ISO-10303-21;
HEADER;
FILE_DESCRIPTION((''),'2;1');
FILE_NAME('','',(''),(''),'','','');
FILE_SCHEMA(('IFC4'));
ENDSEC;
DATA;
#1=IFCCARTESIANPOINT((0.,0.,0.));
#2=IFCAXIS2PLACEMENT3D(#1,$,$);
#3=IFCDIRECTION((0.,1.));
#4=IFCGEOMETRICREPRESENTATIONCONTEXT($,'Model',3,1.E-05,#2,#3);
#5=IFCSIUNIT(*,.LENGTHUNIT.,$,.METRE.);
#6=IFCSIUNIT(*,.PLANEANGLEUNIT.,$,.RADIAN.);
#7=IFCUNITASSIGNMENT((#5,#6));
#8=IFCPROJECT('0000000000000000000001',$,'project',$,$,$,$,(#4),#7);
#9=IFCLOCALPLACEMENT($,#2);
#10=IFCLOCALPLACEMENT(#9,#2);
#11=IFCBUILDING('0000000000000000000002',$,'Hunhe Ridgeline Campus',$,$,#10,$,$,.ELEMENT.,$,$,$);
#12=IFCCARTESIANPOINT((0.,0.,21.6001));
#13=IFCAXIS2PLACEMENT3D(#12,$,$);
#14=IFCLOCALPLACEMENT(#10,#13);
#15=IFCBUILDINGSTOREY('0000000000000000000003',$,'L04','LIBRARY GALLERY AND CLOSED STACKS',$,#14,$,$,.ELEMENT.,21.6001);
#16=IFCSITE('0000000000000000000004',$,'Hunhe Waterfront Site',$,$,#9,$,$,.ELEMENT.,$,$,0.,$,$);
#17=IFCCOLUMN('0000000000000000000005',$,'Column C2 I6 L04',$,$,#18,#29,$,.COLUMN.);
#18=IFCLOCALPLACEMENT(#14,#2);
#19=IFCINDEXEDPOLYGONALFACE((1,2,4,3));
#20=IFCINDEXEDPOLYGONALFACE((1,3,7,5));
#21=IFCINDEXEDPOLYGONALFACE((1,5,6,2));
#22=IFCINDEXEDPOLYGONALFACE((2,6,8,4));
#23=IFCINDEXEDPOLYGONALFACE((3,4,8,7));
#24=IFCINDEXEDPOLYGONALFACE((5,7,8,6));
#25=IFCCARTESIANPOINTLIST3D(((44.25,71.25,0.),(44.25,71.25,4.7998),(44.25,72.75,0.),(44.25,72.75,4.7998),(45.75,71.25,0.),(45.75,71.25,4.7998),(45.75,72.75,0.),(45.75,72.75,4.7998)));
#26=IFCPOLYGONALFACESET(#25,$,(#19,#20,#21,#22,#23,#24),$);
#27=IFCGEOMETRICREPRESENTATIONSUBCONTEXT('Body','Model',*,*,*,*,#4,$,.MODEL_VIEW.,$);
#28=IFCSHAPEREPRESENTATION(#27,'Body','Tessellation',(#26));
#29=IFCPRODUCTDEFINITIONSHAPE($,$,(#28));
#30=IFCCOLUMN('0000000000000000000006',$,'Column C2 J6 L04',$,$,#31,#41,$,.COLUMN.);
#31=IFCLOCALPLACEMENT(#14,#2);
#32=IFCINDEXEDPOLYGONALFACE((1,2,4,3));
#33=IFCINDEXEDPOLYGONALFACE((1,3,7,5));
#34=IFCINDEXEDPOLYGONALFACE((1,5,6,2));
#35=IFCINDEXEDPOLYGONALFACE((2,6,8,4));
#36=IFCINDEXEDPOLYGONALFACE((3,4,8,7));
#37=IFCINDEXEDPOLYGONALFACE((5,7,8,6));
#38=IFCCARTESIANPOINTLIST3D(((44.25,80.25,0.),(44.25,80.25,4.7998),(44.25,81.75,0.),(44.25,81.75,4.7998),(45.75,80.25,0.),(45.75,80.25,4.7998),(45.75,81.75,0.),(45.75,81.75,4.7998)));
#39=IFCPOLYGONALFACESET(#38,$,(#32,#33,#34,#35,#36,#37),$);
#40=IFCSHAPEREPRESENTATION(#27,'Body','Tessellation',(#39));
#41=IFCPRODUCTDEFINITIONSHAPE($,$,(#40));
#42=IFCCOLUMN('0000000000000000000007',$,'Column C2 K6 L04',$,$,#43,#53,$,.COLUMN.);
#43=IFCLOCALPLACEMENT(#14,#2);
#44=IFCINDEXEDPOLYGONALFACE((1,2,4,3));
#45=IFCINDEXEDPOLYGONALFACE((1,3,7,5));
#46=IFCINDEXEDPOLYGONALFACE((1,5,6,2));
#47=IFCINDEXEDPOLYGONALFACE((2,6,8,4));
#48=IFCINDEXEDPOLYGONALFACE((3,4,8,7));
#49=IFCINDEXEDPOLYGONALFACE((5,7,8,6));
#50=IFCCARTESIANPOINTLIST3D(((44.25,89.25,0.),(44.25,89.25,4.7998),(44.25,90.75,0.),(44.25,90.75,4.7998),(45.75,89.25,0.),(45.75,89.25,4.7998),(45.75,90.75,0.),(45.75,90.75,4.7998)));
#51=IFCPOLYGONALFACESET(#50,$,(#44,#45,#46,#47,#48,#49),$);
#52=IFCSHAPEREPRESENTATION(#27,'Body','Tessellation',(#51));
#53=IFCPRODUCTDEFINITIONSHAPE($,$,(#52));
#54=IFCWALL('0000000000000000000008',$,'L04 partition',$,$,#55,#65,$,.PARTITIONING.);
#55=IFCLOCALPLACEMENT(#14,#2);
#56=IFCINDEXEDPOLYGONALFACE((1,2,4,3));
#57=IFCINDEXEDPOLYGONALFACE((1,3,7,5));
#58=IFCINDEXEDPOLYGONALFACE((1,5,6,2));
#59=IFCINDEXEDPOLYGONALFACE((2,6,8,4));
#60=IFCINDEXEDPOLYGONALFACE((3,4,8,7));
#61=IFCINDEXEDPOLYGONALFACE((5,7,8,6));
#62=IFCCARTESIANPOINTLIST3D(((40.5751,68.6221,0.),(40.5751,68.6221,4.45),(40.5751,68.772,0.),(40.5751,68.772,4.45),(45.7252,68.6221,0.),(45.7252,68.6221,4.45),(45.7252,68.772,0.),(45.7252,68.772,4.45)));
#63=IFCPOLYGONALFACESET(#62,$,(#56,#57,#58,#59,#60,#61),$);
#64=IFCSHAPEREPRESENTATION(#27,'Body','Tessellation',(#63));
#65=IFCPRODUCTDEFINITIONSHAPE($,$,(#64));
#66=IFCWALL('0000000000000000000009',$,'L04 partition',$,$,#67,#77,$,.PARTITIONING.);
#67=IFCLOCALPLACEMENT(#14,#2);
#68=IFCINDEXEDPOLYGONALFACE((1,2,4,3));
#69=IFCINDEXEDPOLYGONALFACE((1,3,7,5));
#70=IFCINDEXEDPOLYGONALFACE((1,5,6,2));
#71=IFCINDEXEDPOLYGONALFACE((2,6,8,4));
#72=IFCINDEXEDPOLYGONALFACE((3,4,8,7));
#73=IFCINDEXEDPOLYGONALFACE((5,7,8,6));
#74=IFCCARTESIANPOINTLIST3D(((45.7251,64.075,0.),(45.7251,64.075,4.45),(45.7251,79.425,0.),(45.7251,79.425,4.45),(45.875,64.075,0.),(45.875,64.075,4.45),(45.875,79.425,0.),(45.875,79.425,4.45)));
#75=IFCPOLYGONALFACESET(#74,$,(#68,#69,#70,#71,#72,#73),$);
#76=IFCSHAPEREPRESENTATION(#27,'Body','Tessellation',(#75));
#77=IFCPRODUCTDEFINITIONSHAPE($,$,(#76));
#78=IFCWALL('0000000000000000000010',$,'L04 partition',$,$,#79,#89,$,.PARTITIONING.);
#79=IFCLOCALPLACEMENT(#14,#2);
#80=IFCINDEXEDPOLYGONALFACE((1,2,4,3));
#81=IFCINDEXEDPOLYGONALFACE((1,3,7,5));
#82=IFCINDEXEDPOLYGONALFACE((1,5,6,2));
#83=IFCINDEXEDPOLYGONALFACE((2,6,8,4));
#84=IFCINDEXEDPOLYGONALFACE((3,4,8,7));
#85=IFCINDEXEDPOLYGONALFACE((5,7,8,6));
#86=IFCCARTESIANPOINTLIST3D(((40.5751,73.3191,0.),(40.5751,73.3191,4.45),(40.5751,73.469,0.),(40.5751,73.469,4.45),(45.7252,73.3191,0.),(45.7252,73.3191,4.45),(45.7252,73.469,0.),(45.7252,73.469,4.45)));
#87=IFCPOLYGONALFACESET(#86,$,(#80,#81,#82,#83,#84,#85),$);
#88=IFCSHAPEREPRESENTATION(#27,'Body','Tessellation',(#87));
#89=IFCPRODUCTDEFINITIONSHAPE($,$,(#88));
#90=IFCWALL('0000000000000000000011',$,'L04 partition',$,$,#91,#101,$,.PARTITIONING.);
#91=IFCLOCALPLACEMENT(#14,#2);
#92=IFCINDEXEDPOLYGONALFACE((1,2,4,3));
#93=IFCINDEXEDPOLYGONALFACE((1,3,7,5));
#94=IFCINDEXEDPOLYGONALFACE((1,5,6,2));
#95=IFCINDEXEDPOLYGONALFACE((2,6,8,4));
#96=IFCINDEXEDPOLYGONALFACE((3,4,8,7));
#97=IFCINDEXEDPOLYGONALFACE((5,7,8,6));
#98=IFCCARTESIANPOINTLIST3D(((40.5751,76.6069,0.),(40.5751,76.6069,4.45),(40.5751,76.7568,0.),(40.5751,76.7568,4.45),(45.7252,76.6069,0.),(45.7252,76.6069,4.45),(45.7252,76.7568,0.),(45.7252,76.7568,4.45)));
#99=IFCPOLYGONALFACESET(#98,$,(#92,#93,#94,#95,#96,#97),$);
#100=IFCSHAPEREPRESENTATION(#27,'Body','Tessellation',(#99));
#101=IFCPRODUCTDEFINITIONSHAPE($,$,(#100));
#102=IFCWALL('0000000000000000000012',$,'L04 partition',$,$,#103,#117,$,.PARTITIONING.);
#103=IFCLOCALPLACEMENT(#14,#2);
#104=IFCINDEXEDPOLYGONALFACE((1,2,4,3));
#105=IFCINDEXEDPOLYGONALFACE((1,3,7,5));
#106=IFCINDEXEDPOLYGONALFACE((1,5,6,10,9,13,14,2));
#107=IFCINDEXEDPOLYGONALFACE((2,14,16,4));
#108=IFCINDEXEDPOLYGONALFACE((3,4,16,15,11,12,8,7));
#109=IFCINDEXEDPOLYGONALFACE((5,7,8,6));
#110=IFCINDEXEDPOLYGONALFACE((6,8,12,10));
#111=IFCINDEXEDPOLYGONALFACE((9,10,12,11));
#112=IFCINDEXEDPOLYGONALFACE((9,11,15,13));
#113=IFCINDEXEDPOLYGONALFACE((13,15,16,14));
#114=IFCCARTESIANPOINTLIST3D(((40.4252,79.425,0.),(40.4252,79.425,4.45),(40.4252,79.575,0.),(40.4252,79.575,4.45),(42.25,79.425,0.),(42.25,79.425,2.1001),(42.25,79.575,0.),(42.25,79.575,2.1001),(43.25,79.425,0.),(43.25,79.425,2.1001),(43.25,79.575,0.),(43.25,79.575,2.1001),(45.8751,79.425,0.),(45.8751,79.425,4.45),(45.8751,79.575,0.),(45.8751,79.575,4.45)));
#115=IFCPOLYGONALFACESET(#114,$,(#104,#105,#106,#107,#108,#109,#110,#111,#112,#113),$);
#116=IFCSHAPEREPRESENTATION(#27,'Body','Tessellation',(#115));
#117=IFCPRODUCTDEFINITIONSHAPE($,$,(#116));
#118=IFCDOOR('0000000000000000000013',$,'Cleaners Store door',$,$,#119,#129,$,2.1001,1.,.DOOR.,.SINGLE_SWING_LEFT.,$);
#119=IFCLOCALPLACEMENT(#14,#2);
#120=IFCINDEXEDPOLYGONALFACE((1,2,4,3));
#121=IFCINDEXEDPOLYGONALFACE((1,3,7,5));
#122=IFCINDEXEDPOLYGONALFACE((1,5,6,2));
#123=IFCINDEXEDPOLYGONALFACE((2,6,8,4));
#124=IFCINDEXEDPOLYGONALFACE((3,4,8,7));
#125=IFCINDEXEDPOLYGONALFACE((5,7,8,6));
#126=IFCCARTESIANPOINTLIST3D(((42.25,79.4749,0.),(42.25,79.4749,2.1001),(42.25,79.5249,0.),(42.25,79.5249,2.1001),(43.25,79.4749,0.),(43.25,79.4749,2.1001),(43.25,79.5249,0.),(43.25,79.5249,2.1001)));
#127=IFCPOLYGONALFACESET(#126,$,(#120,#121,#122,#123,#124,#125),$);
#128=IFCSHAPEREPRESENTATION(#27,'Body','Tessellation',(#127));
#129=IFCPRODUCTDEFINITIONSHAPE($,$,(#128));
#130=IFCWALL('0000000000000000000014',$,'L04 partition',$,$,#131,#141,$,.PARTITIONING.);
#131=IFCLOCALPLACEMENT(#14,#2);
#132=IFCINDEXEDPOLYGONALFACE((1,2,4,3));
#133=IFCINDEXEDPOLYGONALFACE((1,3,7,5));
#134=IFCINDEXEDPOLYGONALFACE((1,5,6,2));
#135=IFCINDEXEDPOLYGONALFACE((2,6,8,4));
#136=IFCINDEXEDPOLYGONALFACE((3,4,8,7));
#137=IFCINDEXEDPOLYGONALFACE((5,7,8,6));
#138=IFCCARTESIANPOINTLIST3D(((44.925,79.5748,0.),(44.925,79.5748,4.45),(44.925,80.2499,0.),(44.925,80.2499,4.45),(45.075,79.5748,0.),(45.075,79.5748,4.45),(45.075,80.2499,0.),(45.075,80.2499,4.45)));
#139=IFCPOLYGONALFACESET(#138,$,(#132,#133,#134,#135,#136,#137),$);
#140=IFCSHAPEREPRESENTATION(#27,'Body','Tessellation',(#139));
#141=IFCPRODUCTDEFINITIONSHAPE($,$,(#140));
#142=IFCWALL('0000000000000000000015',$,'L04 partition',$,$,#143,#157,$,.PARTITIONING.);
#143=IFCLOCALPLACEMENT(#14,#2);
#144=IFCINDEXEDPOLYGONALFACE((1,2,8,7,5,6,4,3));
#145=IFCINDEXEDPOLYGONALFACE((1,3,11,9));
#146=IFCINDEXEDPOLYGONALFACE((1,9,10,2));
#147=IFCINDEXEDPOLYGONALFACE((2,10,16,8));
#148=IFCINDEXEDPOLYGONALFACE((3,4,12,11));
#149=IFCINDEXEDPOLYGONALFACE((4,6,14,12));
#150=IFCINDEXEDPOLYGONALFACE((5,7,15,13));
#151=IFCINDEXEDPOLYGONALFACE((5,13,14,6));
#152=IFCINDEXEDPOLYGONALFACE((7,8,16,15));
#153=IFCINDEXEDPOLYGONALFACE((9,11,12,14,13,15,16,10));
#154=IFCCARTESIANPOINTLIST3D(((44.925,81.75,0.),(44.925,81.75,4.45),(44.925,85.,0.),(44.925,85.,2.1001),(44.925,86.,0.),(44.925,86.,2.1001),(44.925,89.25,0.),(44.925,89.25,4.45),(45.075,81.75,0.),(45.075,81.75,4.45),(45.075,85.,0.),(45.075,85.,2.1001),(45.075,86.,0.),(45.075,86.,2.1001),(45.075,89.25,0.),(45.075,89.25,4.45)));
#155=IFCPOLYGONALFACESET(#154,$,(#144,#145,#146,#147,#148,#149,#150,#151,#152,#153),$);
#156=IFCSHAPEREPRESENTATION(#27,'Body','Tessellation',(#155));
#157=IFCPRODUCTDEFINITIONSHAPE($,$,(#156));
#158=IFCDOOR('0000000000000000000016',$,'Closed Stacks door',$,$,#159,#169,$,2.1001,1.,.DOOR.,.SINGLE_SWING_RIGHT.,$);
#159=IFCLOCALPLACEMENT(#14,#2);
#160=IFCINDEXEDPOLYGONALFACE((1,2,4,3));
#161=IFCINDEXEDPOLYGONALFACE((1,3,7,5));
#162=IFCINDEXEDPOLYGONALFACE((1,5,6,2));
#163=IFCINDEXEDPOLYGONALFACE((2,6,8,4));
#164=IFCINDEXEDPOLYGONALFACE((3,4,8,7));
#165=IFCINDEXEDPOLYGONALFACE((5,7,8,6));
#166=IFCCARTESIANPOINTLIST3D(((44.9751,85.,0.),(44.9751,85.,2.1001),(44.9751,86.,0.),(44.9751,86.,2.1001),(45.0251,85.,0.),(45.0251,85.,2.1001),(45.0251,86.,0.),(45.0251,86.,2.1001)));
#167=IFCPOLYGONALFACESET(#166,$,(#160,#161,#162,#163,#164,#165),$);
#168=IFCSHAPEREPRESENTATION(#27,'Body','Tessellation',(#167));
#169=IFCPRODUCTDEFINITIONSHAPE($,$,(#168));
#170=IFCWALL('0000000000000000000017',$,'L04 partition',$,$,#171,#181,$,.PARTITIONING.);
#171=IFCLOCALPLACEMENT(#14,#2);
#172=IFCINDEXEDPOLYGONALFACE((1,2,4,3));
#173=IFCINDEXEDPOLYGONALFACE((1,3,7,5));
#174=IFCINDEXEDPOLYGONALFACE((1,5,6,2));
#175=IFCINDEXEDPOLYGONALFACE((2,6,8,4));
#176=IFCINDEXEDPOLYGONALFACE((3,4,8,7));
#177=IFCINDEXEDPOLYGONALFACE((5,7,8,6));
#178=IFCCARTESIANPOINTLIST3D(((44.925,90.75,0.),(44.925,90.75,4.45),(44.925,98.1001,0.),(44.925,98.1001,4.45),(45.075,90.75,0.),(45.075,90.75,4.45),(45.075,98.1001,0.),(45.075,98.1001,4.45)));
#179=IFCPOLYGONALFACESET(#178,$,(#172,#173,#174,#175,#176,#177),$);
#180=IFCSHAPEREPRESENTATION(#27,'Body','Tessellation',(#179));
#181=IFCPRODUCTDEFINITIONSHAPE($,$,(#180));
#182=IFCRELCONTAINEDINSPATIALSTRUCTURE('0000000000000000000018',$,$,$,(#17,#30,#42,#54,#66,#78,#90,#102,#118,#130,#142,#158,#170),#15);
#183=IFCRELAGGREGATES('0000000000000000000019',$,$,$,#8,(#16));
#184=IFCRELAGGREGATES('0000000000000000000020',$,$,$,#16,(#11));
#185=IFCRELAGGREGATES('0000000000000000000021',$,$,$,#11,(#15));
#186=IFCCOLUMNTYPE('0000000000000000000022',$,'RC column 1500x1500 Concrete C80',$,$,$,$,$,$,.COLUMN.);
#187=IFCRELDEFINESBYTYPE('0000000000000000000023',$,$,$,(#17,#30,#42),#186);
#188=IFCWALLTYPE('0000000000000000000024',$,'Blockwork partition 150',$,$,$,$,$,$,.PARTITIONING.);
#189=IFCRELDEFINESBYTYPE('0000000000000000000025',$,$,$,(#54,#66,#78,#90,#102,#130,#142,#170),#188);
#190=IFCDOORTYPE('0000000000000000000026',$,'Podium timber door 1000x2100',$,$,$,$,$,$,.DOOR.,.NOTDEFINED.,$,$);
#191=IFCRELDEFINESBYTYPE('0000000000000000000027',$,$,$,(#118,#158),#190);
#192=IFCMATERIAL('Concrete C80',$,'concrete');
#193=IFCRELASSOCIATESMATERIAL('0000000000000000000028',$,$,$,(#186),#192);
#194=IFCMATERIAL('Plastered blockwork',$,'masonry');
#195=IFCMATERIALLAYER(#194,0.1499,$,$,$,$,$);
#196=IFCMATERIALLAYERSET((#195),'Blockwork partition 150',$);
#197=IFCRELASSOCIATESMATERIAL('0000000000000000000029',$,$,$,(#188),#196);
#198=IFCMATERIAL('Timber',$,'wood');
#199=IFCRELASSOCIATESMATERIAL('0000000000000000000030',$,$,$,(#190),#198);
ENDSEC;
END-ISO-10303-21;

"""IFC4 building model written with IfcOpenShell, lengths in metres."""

from ifc_helpers import new_model, si_unit, direction, frame, frame_2d, origin, origin_2d, place, context, subcontext, project, spatial, rectangle, extrude, material, layer, layer_set, material_profile, profile_set, type_object, element, fill, save


model = new_model("IFC4")

# Units and contexts
model_context = context("Model", 3, precision=1e-05, world=origin(), true_north=direction((0.0, 1.0)))
body_context = subcontext(model_context, "Body", "Model", "MODEL_VIEW")
ifc_project = project(units=[si_unit("LENGTHUNIT", "METRE"), si_unit("PLANEANGLEUNIT", "RADIAN")], contexts=[model_context])

# Site, building, storey
site_placement = place(None, origin())
site = spatial("IfcSite", under=ifc_project, at=site_placement, Name="Hunhe Waterfront Site", CompositionType="ELEMENT", RefElevation=0.0)
building_placement = place(site_placement, origin())
building = spatial("IfcBuilding", under=site, at=building_placement, Name="Hunhe Ridgeline Campus", CompositionType="ELEMENT")
storey_placement = place(building_placement, frame((0.0, 0.0, 21.6001)))
storey = spatial("IfcBuildingStorey", under=building, at=storey_placement, Name="L04", Description="LIBRARY GALLERY AND CLOSED STACKS", CompositionType="ELEMENT", Elevation=21.6001)

# Columns
ifc_material_1 = material(Name="Concrete C80", Category="concrete")
ifc_material_profile = material_profile(ifc_material_1, rectangle(XDim=1.5, YDim=1.5, at=origin_2d()))
ifc_profile_set = profile_set([ifc_material_profile], Name="Concrete C80")
column_type = type_object("IfcColumnType", Name="RC column 1500x1500 Concrete C80", PredefinedType="COLUMN", material=ifc_profile_set)
for number, where, z_axis, x_axis, name in (
    (1, (45.0, 72.0, 0.0), (0.0, 0.0, 1.0), (1.0, 0.0, 0.0), "Column C2 I6 L04"),
    (2, (45.0, 81.0, 0.0), (0.0, 0.0, 1.0), (1.0, 0.0, 0.0), "Column C2 J6 L04"),
    (3, (45.0, 90.0, 0.0), (0.0, 0.0, 1.0), (1.0, 0.0, 0.0), "Column C2 K6 L04"),
):
    element("IfcColumn", number, at=place(storey_placement, frame(where, z_axis=z_axis, x_axis=x_axis)), inside=storey, type_object=column_type, Name=name, PredefinedType="COLUMN", context=body_context, shape_type="SweptSolid", body=[
        extrude(rectangle(XDim=1.5, YDim=1.5, at=origin_2d()), origin(), (0.0, 0.0, 1.0), 4.7998),
    ])

# Walls
ifc_material_2 = material(Name="Plastered blockwork", Category="masonry")
ifc_layer_1 = layer(ifc_material_2, 0.1499)
ifc_layer_set_1 = layer_set([ifc_layer_1], Name="Blockwork partition 150")
wall_type_1 = type_object("IfcWallType", Name="Blockwork partition 150", PredefinedType="PARTITIONING", material=ifc_layer_set_1)
wall_1_placement = place(storey_placement, frame((40.575, 68.697, 0.0), z_axis=(0.0, 0.0, 1.0), x_axis=(1.0, 0.0, 0.0)))
element("IfcWall", 4, at=wall_1_placement, inside=storey, type_object=wall_type_1, Name="L04 partition", PredefinedType="PARTITIONING", context=body_context, shape_type="SweptSolid", body=[
    extrude(rectangle(XDim=5.1501, YDim=0.1499, at=frame_2d((2.5752, 0.0))), origin(), (0.0, 0.0, 1.0), 4.45),
])
wall_2_placement = place(storey_placement, frame((45.8, 79.425, 0.0), z_axis=(0.0, 0.0, 1.0), x_axis=(0.0, -1.0, 0.0)))
element("IfcWall", 5, at=wall_2_placement, inside=storey, type_object=wall_type_1, Name="L04 partition", PredefinedType="PARTITIONING", context=body_context, shape_type="SweptSolid", body=[
    extrude(rectangle(XDim=15.3501, YDim=0.1499, at=frame_2d((7.675, 0.0))), origin(), (0.0, 0.0, 1.0), 4.45),
])
for number, where, z_axis, x_axis, name in (
    (6, (40.575, 73.394, 0.0), (0.0, 0.0, 1.0), (1.0, 0.0, 0.0), "L04 partition"),
    (7, (40.575, 76.6819, 0.0), (0.0, 0.0, 1.0), (1.0, 0.0, 0.0), "L04 partition"),
):
    element("IfcWall", number, at=place(storey_placement, frame(where, z_axis=z_axis, x_axis=x_axis)), inside=storey, type_object=wall_type_1, Name=name, PredefinedType="PARTITIONING", context=body_context, shape_type="SweptSolid", body=[
        extrude(rectangle(XDim=5.1501, YDim=0.1499, at=frame_2d((2.5752, 0.0))), origin(), (0.0, 0.0, 1.0), 4.45),
    ])

# Wall, opening, door
wall_3_placement = place(storey_placement, frame((40.425, 79.5, 0.0), z_axis=(0.0, 0.0, 1.0), x_axis=(1.0, 0.0, 0.0)))
wall_3 = element("IfcWall", 8, at=wall_3_placement, inside=storey, type_object=wall_type_1, Name="L04 partition", PredefinedType="PARTITIONING", context=body_context, shape_type="SweptSolid", body=[
    extrude(rectangle(XDim=5.45, YDim=0.1499, at=frame_2d((2.7251, 0.0))), origin(), (0.0, 0.0, 1.0), 4.45),
])
opening_1_placement = place(wall_3_placement, frame((1.825, 0.0, 0.0)))
opening_1 = element("IfcOpeningElement", 9, at=opening_1_placement, cuts=wall_3, PredefinedType="OPENING", context=body_context, shape_type="SweptSolid", body=[
    extrude(rectangle(XDim=1.0, YDim=2.1001, at=frame_2d((0.5, 1.05))), frame((0.0, 0.075, 0.0), z_axis=(0.0, -1.0, 0.0), x_axis=(1.0, 0.0, 0.0)), (0.0, 0.0, 1.0), 0.1499),
])
ifc_material_3 = material(Name="Timber", Category="wood")
door_type_1 = type_object("IfcDoorType", Name="Podium timber door 1000x2100", OperationType="NOTDEFINED", PredefinedType="DOOR", material=ifc_material_3)
door_1_placement = place(opening_1_placement, origin())
door_1 = element("IfcDoor", 10, at=door_1_placement, inside=storey, type_object=door_type_1, Name="Cleaners Store door", OperationType="SINGLE_SWING_LEFT", OverallHeight=2.1001, OverallWidth=1.0, PredefinedType="DOOR", context=body_context, shape_type="SweptSolid", body=[
    extrude(rectangle(XDim=1.0, YDim=2.1001, at=frame_2d((0.5, 1.05))), frame((0.0, 0.0249, 0.0), z_axis=(0.0, -1.0, 0.0), x_axis=(1.0, 0.0, 0.0)), (0.0, 0.0, 1.0), 0.05),
])
fill(opening_1, door_1)

# Wall
wall_4_placement = place(storey_placement, frame((45.0, 79.575, 0.0), z_axis=(0.0, 0.0, 1.0), x_axis=(0.0, 1.0, 0.0)))
element("IfcWall", 11, at=wall_4_placement, inside=storey, type_object=wall_type_1, Name="L04 partition", PredefinedType="PARTITIONING", context=body_context, shape_type="SweptSolid", body=[
    extrude(rectangle(XDim=0.675, YDim=0.1499, at=frame_2d((0.3374, 0.0))), origin(), (0.0, 0.0, 1.0), 4.45),
])

# Wall, opening, door
wall_5_placement = place(storey_placement, frame((45.0, 81.75, 0.0), z_axis=(0.0, 0.0, 1.0), x_axis=(0.0, 1.0, 0.0)))
wall_5 = element("IfcWall", 12, at=wall_5_placement, inside=storey, type_object=wall_type_1, Name="L04 partition", PredefinedType="PARTITIONING", context=body_context, shape_type="SweptSolid", body=[
    extrude(rectangle(XDim=7.5, YDim=0.1499, at=frame_2d((3.75, 0.0))), origin(), (0.0, 0.0, 1.0), 4.45),
])
opening_2_placement = place(wall_5_placement, frame((3.25, 0.0, 0.0)))
opening_2 = element("IfcOpeningElement", 13, at=opening_2_placement, cuts=wall_5, PredefinedType="OPENING", context=body_context, shape_type="SweptSolid", body=[
    extrude(rectangle(XDim=1.0, YDim=2.1001, at=frame_2d((0.5, 1.05))), frame((0.0, 0.075, 0.0), z_axis=(0.0, -1.0, 0.0), x_axis=(1.0, 0.0, 0.0)), (0.0, 0.0, 1.0), 0.1499),
])
door_2_placement = place(opening_2_placement, origin())
door_2 = element("IfcDoor", 14, at=door_2_placement, inside=storey, type_object=door_type_1, Name="Closed Stacks door", OperationType="SINGLE_SWING_RIGHT", OverallHeight=2.1001, OverallWidth=1.0, PredefinedType="DOOR", context=body_context, shape_type="SweptSolid", body=[
    extrude(rectangle(XDim=1.0, YDim=2.1001, at=frame_2d((0.5, 1.05))), frame((0.0, 0.0249, 0.0), z_axis=(0.0, -1.0, 0.0), x_axis=(1.0, 0.0, 0.0)), (0.0, 0.0, 1.0), 0.05),
])
fill(opening_2, door_2)

# Wall
wall_6_placement = place(storey_placement, frame((45.0, 90.75, 0.0), z_axis=(0.0, 0.0, 1.0), x_axis=(0.0, 1.0, 0.0)))
element("IfcWall", 15, at=wall_6_placement, inside=storey, type_object=wall_type_1, Name="L04 partition", PredefinedType="PARTITIONING", context=body_context, shape_type="SweptSolid", body=[
    extrude(rectangle(XDim=7.3501, YDim=0.1499, at=frame_2d((3.675, 0.0))), origin(), (0.0, 0.0, 1.0), 4.45),
])

save(model, "model.ifc")
